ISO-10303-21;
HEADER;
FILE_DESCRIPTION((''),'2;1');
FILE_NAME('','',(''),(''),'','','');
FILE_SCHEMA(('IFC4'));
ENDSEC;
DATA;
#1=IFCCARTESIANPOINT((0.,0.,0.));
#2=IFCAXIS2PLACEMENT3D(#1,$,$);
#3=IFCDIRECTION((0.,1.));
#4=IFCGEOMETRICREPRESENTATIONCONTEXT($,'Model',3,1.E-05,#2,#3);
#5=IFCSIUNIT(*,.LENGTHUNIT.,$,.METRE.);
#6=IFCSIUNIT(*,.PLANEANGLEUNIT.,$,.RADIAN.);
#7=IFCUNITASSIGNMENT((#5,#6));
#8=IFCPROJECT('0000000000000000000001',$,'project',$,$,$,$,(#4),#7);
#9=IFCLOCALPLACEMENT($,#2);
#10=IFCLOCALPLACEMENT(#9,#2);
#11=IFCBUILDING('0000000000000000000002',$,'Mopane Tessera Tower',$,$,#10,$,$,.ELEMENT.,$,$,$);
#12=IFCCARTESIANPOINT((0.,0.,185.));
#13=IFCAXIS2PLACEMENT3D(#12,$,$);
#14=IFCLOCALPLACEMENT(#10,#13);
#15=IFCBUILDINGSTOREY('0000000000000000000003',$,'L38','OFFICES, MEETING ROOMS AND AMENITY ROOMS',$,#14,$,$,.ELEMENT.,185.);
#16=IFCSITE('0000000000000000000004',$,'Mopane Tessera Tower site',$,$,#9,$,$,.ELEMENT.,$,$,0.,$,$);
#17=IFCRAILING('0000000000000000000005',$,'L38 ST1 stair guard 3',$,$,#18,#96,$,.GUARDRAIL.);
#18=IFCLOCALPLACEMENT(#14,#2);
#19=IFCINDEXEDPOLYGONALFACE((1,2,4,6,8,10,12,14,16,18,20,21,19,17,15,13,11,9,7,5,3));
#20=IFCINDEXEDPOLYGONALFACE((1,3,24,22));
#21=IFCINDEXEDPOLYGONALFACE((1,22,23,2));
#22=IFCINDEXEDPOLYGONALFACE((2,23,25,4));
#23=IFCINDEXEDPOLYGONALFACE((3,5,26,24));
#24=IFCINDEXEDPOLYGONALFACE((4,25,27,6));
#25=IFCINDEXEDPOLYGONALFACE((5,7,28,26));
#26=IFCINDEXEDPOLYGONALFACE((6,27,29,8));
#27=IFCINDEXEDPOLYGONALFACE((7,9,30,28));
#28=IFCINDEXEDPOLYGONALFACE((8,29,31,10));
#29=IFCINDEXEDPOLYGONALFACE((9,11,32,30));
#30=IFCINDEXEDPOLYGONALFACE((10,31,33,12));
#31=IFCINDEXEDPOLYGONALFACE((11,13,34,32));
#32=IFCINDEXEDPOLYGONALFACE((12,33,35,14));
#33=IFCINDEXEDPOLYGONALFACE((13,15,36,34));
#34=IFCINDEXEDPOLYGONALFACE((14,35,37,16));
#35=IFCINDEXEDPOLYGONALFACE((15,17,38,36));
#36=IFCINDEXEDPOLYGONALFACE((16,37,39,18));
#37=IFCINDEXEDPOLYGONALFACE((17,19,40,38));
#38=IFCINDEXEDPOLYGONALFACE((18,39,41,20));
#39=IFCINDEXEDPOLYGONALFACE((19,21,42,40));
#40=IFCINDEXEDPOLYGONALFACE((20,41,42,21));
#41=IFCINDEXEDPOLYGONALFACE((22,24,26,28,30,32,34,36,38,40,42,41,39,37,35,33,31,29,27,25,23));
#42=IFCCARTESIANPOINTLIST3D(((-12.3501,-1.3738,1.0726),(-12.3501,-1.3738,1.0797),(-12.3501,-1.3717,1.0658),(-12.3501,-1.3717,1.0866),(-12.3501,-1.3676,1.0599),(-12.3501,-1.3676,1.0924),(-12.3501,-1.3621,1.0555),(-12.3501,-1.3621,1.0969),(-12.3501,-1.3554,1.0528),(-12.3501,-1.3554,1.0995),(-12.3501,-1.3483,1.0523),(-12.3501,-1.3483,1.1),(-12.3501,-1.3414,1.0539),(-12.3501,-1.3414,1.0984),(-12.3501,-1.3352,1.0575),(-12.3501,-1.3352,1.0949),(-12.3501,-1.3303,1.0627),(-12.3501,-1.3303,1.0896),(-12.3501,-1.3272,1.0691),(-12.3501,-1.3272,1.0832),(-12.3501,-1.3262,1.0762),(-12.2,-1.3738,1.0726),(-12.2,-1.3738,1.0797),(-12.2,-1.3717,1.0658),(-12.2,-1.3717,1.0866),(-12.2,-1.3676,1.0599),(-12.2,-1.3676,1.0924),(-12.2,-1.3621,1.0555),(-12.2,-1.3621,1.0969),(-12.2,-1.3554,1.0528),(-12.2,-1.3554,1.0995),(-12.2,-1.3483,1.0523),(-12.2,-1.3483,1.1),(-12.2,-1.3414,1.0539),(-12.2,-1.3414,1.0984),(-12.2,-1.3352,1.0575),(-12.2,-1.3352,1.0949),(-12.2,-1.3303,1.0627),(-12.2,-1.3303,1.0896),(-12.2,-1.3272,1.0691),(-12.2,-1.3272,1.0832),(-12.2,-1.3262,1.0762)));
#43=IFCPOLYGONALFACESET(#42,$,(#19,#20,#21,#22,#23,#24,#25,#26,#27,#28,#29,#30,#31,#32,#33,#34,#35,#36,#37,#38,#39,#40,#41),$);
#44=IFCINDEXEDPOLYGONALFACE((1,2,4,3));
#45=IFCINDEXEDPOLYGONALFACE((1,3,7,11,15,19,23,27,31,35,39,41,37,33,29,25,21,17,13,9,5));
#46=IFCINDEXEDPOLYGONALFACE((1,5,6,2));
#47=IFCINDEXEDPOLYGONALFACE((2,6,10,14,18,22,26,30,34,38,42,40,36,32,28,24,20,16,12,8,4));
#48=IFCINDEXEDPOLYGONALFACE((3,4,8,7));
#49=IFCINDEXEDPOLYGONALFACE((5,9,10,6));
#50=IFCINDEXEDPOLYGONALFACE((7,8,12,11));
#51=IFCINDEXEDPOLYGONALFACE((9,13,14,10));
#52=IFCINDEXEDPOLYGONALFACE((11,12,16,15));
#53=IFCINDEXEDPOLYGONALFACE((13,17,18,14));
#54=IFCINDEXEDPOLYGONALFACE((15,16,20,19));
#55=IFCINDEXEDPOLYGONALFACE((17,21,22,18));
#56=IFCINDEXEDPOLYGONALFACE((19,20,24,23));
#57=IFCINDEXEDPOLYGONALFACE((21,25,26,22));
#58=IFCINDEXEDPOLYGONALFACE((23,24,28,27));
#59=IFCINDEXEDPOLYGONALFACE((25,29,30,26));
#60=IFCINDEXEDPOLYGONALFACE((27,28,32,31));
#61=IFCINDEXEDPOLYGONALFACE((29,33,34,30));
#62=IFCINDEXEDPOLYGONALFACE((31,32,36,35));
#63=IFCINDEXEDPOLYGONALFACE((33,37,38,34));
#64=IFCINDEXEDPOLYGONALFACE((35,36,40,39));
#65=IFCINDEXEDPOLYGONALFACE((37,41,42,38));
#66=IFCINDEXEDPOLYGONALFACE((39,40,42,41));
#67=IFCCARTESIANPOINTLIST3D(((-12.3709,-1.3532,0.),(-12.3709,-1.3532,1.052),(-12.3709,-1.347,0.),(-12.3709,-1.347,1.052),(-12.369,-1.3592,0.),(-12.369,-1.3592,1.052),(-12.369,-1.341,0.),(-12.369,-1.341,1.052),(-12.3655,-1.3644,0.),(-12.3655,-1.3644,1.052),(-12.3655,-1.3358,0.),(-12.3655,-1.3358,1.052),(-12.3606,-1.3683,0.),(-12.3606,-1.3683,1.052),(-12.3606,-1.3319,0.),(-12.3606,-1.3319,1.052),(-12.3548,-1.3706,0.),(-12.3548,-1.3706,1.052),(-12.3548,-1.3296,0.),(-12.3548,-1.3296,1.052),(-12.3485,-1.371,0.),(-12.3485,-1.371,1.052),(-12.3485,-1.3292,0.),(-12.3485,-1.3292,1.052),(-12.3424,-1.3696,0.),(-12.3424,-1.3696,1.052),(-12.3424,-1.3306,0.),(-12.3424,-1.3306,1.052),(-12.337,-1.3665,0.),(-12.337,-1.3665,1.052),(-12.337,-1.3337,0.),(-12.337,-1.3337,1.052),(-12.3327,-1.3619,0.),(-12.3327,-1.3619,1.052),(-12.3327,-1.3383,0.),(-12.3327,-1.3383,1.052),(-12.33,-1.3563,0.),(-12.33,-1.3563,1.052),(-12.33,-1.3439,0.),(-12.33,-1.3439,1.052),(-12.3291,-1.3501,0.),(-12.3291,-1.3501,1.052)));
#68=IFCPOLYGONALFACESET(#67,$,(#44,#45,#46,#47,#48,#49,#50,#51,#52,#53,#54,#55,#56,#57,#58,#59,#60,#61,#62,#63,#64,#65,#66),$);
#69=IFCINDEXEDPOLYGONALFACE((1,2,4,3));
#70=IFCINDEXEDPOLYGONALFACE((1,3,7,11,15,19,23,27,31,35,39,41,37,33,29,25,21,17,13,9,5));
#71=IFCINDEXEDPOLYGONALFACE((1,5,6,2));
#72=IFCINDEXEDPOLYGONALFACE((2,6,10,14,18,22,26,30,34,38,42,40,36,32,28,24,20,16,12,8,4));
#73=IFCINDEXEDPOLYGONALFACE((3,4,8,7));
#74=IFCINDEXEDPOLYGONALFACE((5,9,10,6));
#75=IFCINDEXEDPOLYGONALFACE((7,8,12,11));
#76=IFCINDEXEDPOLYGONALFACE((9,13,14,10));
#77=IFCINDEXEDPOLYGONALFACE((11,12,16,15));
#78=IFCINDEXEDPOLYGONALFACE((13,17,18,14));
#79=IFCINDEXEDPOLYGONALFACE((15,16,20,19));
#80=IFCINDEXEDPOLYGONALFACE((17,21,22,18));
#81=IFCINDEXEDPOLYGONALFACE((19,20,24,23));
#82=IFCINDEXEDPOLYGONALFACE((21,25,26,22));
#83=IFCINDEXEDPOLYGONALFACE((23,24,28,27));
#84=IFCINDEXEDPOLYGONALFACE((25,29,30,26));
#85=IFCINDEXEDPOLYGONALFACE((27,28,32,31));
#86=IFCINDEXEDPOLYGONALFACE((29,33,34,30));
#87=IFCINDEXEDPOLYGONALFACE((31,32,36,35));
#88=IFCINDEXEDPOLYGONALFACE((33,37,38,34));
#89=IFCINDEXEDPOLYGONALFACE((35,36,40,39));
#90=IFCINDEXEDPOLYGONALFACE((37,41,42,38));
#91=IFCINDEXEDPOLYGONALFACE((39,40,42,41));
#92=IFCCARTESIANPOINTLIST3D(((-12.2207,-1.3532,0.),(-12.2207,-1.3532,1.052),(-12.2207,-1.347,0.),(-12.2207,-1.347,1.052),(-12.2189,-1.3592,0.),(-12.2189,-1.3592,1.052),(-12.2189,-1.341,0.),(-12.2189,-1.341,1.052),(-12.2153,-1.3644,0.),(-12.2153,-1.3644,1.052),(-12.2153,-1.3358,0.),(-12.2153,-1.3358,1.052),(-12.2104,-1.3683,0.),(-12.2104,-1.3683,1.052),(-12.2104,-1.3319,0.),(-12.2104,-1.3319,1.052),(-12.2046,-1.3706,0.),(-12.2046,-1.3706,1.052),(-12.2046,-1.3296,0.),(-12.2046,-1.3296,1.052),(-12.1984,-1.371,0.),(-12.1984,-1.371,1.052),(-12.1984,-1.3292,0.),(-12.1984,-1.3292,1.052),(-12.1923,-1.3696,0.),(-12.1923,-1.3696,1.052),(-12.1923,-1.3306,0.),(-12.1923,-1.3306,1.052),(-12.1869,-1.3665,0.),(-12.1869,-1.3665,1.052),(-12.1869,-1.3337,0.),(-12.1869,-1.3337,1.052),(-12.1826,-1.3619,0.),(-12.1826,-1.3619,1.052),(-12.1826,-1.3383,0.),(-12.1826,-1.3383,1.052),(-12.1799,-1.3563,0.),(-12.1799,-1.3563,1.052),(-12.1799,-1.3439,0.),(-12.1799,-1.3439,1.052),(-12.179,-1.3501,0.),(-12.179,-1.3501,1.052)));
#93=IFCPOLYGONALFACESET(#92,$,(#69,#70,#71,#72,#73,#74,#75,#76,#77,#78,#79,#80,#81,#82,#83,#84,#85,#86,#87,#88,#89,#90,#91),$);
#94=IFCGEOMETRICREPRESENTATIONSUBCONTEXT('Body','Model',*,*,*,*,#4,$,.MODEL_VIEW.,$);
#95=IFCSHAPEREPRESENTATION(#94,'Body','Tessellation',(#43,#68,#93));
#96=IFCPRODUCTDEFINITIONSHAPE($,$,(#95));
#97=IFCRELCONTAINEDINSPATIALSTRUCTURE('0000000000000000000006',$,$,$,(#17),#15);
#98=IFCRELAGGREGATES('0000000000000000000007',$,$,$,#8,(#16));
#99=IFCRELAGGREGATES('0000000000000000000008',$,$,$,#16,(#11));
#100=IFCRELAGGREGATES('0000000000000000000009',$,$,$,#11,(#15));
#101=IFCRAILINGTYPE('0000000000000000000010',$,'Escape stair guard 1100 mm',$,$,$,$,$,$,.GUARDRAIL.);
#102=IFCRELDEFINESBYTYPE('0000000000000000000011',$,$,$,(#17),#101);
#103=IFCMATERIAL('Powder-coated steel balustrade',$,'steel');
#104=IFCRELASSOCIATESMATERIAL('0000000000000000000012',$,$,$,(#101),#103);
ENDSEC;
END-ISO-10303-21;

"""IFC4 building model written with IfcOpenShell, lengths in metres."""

from ifc_helpers import new_model, si_unit, direction, frame, origin, origin_2d, place, context, subcontext, project, spatial, circle, extrude, material, type_object, element, save


model = new_model("IFC4")

# Units and contexts
model_context = context("Model", 3, precision=1e-05, world=origin(), true_north=direction((0.0, 1.0)))
body_context = subcontext(model_context, "Body", "Model", "MODEL_VIEW")
ifc_project = project(units=[si_unit("LENGTHUNIT", "METRE"), si_unit("PLANEANGLEUNIT", "RADIAN")], contexts=[model_context])

# Site, building, storey
site_placement = place(None, origin())
site = spatial("IfcSite", under=ifc_project, at=site_placement, Name="Mopane Tessera Tower site", CompositionType="ELEMENT", RefElevation=0.0)
building_placement = place(site_placement, origin())
building = spatial("IfcBuilding", under=site, at=building_placement, Name="Mopane Tessera Tower", CompositionType="ELEMENT")
storey_placement = place(building_placement, frame((0.0, 0.0, 185.0)))
storey = spatial("IfcBuildingStorey", under=building, at=storey_placement, Name="L38", Description="OFFICES, MEETING ROOMS AND AMENITY ROOMS", CompositionType="ELEMENT", Elevation=185.0)

# Railing
ifc_material_1 = material(Name="Powder-coated steel balustrade", Category="steel")
railing_type_1 = type_object("IfcRailingType", Name="Escape stair guard 1100 mm", PredefinedType="GUARDRAIL", material=ifc_material_1)
railing_1_placement = place(storey_placement, frame((-12.3501, -1.3501, 0.0)))
element("IfcRailing", 1, at=railing_1_placement, inside=storey, type_object=railing_type_1, Name="L38 ST1 stair guard 3", PredefinedType="GUARDRAIL", context=body_context, shape_type="SweptSolid", body=[
    extrude(circle(Radius=0.0239, at=origin_2d()), frame((0.0, 0.0, 1.0762), z_axis=(1.0, 0.0, 0.0), x_axis=(0.0, 1.0, 0.0)), (0.0, 0.0, 1.0), 0.1501),
    extrude(circle(Radius=0.021, at=origin_2d()), origin(), (0.0, 0.0, 1.0), 1.052),
    extrude(circle(Radius=0.021, at=origin_2d()), frame((0.1501, 0.0, 0.0)), (0.0, 0.0, 1.0), 1.052),
])

save(model, "model.ifc")
